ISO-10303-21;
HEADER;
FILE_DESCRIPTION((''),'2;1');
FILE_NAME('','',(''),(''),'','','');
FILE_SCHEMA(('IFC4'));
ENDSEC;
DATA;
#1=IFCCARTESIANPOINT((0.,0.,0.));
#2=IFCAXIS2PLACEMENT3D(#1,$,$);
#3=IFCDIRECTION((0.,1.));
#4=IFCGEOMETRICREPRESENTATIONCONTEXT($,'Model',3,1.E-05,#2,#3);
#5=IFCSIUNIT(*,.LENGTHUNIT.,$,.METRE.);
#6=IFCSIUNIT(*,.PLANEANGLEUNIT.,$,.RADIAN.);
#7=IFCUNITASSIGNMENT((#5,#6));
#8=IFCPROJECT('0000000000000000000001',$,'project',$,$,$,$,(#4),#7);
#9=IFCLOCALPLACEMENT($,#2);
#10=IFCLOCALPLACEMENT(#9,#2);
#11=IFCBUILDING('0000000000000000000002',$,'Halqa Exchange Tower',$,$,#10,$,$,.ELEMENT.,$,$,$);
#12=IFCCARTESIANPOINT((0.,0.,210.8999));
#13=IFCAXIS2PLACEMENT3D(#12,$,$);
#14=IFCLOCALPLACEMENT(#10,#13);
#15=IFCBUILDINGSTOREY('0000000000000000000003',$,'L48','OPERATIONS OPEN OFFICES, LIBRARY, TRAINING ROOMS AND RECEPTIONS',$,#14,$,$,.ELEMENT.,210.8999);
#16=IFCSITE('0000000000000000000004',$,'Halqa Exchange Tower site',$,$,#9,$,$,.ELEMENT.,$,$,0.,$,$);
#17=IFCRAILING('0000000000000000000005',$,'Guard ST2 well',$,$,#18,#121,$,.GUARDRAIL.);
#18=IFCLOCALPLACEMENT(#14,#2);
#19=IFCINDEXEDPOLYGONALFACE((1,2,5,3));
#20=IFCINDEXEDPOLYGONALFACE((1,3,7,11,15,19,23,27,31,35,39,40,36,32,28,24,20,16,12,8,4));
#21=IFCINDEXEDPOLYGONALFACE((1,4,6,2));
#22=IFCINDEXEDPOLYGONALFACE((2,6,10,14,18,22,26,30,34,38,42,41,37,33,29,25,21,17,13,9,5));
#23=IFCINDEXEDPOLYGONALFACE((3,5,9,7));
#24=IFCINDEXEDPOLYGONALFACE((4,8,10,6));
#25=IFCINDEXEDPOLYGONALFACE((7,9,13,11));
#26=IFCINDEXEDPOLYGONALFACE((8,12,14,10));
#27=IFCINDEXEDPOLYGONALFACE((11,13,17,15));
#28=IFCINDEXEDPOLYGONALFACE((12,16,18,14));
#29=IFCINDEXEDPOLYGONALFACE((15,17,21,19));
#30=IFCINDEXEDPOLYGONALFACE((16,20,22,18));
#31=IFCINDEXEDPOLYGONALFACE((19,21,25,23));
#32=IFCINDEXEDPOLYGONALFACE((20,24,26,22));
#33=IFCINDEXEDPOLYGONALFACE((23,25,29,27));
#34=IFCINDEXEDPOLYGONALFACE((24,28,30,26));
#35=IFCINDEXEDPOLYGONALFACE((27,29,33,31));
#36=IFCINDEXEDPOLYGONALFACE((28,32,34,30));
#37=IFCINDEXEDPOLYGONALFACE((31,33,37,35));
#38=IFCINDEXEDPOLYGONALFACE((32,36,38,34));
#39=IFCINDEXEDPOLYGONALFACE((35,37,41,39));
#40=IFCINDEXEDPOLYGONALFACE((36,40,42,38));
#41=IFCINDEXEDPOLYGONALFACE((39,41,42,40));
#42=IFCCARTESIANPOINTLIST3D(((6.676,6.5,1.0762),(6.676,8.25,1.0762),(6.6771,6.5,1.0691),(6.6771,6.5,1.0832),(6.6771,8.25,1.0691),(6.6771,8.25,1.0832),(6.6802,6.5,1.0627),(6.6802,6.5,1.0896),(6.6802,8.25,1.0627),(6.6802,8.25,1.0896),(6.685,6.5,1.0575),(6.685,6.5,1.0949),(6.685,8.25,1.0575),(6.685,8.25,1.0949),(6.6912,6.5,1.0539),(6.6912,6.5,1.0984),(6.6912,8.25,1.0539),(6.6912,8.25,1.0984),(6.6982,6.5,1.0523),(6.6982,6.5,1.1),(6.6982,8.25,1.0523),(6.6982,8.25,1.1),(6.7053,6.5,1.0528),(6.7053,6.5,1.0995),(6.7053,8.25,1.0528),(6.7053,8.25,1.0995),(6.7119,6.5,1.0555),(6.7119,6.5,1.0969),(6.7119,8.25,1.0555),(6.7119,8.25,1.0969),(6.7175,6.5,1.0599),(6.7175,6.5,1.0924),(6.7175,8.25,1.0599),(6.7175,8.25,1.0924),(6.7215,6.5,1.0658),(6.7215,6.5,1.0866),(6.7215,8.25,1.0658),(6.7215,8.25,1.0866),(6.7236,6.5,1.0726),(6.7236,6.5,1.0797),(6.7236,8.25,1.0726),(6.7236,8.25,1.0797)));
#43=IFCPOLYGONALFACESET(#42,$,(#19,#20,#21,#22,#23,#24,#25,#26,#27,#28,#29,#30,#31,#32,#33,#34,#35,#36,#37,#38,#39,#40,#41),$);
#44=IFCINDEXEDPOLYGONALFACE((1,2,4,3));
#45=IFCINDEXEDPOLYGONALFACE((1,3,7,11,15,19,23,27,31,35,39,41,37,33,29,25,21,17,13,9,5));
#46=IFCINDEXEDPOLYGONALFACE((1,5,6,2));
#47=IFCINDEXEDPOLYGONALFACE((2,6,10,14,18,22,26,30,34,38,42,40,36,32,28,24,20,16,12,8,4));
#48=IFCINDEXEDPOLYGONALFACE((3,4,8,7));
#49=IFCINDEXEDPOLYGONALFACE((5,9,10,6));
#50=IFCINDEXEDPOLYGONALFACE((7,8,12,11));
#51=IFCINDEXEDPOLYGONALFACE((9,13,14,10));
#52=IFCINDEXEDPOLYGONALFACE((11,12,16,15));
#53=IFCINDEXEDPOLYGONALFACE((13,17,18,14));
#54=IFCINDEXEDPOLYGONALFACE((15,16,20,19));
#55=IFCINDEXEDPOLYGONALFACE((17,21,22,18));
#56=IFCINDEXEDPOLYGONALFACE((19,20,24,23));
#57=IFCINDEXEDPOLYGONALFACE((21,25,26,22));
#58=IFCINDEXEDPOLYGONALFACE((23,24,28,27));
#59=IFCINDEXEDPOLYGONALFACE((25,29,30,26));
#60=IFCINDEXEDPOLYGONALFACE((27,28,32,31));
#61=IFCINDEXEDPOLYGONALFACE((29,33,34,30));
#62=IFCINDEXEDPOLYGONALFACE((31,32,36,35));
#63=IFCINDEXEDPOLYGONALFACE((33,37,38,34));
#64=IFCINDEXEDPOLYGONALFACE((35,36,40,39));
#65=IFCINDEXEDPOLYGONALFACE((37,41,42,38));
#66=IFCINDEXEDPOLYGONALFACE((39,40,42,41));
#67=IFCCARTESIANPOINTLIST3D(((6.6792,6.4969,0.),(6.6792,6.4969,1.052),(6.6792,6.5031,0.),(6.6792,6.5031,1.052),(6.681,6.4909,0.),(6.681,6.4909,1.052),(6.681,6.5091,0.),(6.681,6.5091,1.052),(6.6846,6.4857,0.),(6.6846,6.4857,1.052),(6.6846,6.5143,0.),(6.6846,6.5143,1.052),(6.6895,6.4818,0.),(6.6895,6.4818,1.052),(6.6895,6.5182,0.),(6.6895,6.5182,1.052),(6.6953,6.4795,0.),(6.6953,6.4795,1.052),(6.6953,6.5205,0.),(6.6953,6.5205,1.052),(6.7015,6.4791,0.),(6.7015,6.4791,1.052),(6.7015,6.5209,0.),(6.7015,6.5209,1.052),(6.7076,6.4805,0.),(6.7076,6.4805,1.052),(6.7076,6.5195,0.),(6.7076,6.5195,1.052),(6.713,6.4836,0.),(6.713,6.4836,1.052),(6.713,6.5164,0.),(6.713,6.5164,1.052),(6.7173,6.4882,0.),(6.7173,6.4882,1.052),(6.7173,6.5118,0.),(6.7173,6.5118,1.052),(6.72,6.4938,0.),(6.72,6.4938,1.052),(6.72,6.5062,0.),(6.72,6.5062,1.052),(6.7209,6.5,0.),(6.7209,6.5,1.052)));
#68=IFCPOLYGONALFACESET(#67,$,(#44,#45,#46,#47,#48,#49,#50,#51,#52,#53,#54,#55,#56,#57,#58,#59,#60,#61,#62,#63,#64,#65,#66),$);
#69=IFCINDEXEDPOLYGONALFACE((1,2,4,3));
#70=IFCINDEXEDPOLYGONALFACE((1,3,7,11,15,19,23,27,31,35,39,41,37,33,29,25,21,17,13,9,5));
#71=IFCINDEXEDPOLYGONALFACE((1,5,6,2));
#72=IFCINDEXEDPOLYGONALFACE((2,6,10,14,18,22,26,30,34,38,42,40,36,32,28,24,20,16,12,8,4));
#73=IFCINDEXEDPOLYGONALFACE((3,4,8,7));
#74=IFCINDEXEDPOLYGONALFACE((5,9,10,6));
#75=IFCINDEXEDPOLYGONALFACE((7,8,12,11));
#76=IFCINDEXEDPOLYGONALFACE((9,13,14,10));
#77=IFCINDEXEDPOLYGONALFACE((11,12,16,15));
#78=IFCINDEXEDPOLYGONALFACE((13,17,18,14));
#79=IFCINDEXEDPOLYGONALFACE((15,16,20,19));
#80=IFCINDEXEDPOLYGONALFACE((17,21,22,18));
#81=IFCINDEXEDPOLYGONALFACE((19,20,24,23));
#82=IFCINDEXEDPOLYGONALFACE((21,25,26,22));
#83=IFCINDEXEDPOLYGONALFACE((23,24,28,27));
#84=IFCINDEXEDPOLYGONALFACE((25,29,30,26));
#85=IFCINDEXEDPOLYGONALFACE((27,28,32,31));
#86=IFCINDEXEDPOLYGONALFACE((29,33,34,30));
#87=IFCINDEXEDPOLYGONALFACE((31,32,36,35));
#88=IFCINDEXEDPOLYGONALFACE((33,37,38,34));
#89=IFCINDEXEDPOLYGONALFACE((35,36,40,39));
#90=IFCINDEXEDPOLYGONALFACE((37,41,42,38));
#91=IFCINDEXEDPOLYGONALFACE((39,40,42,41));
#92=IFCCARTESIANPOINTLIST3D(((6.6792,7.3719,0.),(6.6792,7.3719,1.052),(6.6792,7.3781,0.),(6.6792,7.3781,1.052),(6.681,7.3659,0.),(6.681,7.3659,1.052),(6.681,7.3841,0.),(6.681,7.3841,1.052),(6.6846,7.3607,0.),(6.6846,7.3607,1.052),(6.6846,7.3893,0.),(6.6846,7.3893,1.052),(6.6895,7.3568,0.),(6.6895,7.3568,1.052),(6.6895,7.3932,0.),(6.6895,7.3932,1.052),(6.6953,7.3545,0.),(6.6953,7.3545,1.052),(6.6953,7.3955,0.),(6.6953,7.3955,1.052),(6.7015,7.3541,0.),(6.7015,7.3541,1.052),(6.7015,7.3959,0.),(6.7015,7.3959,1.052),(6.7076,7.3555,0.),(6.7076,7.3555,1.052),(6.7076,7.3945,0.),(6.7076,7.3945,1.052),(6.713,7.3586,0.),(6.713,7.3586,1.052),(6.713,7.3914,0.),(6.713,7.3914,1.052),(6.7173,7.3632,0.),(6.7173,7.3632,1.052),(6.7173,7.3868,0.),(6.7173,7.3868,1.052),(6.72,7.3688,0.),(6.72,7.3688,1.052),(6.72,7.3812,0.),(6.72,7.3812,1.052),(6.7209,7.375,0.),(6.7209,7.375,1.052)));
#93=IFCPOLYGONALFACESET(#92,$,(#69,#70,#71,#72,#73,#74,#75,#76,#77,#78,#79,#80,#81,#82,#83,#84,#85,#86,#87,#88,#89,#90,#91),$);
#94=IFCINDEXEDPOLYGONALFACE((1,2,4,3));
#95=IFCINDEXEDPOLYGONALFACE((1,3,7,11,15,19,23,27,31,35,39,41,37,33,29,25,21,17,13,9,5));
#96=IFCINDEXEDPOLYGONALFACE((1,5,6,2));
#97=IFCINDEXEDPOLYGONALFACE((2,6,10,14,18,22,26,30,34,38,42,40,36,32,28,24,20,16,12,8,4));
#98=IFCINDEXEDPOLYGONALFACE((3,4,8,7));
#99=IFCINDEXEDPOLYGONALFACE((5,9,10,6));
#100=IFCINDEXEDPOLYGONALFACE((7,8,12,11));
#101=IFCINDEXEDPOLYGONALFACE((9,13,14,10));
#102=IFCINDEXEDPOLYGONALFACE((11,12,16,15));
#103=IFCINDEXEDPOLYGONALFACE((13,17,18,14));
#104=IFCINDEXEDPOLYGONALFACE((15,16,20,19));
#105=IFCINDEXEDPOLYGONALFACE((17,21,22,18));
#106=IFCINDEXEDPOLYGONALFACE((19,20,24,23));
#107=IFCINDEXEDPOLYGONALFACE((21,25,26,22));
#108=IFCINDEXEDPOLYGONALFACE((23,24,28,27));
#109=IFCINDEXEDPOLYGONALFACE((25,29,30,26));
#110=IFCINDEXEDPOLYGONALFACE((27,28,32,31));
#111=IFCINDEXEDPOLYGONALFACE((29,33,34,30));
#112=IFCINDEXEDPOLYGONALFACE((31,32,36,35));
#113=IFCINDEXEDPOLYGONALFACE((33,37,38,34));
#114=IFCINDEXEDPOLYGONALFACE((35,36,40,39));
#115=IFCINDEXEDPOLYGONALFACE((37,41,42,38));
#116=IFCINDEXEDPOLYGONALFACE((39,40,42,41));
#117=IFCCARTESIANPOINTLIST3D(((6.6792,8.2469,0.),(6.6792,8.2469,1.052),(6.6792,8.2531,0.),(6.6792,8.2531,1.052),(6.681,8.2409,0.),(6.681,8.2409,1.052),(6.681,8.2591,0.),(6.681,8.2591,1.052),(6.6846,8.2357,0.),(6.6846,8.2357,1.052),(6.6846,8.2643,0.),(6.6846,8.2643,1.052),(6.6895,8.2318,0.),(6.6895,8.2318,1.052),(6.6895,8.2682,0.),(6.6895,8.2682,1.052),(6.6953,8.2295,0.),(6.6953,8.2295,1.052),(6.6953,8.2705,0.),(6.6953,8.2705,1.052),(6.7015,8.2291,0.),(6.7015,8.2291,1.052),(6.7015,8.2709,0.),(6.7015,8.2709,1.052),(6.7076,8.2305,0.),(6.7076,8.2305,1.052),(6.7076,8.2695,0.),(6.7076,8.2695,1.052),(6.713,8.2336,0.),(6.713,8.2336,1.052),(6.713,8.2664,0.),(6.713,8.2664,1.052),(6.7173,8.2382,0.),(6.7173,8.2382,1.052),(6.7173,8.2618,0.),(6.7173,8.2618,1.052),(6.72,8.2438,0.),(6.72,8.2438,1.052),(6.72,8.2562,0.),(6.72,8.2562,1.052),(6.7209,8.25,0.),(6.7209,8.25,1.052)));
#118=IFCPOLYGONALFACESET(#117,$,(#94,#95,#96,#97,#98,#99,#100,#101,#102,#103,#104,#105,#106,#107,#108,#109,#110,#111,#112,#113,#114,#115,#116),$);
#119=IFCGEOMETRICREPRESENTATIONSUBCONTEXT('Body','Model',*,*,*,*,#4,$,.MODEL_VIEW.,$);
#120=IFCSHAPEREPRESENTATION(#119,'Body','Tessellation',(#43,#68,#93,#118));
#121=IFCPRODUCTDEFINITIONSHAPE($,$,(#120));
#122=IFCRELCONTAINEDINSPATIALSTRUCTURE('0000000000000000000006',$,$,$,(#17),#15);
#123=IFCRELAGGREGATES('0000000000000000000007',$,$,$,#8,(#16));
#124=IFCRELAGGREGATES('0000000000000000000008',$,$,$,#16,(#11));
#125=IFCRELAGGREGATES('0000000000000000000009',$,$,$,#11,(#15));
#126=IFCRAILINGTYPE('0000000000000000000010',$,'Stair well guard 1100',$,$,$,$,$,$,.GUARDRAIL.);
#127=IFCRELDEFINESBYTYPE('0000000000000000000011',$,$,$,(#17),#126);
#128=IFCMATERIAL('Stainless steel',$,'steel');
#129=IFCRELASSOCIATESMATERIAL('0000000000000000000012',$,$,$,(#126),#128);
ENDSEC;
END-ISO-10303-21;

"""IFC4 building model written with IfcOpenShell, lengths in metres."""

from ifc_helpers import new_model, si_unit, direction, frame, origin, origin_2d, place, context, subcontext, project, spatial, circle, extrude, material, type_object, element, save


model = new_model("IFC4")

# Units and contexts
model_context = context("Model", 3, precision=1e-05, world=origin(), true_north=direction((0.0, 1.0)))
body_context = subcontext(model_context, "Body", "Model", "MODEL_VIEW")
ifc_project = project(units=[si_unit("LENGTHUNIT", "METRE"), si_unit("PLANEANGLEUNIT", "RADIAN")], contexts=[model_context])

# Site, building, storey
site_placement = place(None, origin())
site = spatial("IfcSite", under=ifc_project, at=site_placement, Name="Halqa Exchange Tower site", CompositionType="ELEMENT", RefElevation=0.0)
building_placement = place(site_placement, origin())
building = spatial("IfcBuilding", under=site, at=building_placement, Name="Halqa Exchange Tower", CompositionType="ELEMENT")
storey_placement = place(building_placement, frame((0.0, 0.0, 210.8999)))
storey = spatial("IfcBuildingStorey", under=building, at=storey_placement, Name="L48", Description="OPERATIONS OPEN OFFICES, LIBRARY, TRAINING ROOMS AND RECEPTIONS", CompositionType="ELEMENT", Elevation=210.8999)

# Railing
ifc_material_1 = material(Name="Stainless steel", Category="steel")
railing_type_1 = type_object("IfcRailingType", Name="Stair well guard 1100", PredefinedType="GUARDRAIL", material=ifc_material_1)
railing_1_placement = place(storey_placement, frame((6.7, 6.5, 0.0)))
element("IfcRailing", 1, at=railing_1_placement, inside=storey, type_object=railing_type_1, Name="Guard ST2 well", PredefinedType="GUARDRAIL", context=body_context, shape_type="SweptSolid", body=[
    extrude(circle(Radius=0.0239, at=origin_2d()), frame((0.0, 0.0, 1.0762), z_axis=(0.0, 1.0, 0.0), x_axis=(-1.0, 0.0, 0.0)), (0.0, 0.0, 1.0), 1.75),
    extrude(circle(Radius=0.021, at=origin_2d()), origin(), (0.0, 0.0, 1.0), 1.052),
    extrude(circle(Radius=0.021, at=origin_2d()), frame((0.0, 0.875, 0.0)), (0.0, 0.0, 1.0), 1.052),
    extrude(circle(Radius=0.021, at=origin_2d()), frame((0.0, 1.75, 0.0)), (0.0, 0.0, 1.0), 1.052),
])

save(model, "model.ifc")
